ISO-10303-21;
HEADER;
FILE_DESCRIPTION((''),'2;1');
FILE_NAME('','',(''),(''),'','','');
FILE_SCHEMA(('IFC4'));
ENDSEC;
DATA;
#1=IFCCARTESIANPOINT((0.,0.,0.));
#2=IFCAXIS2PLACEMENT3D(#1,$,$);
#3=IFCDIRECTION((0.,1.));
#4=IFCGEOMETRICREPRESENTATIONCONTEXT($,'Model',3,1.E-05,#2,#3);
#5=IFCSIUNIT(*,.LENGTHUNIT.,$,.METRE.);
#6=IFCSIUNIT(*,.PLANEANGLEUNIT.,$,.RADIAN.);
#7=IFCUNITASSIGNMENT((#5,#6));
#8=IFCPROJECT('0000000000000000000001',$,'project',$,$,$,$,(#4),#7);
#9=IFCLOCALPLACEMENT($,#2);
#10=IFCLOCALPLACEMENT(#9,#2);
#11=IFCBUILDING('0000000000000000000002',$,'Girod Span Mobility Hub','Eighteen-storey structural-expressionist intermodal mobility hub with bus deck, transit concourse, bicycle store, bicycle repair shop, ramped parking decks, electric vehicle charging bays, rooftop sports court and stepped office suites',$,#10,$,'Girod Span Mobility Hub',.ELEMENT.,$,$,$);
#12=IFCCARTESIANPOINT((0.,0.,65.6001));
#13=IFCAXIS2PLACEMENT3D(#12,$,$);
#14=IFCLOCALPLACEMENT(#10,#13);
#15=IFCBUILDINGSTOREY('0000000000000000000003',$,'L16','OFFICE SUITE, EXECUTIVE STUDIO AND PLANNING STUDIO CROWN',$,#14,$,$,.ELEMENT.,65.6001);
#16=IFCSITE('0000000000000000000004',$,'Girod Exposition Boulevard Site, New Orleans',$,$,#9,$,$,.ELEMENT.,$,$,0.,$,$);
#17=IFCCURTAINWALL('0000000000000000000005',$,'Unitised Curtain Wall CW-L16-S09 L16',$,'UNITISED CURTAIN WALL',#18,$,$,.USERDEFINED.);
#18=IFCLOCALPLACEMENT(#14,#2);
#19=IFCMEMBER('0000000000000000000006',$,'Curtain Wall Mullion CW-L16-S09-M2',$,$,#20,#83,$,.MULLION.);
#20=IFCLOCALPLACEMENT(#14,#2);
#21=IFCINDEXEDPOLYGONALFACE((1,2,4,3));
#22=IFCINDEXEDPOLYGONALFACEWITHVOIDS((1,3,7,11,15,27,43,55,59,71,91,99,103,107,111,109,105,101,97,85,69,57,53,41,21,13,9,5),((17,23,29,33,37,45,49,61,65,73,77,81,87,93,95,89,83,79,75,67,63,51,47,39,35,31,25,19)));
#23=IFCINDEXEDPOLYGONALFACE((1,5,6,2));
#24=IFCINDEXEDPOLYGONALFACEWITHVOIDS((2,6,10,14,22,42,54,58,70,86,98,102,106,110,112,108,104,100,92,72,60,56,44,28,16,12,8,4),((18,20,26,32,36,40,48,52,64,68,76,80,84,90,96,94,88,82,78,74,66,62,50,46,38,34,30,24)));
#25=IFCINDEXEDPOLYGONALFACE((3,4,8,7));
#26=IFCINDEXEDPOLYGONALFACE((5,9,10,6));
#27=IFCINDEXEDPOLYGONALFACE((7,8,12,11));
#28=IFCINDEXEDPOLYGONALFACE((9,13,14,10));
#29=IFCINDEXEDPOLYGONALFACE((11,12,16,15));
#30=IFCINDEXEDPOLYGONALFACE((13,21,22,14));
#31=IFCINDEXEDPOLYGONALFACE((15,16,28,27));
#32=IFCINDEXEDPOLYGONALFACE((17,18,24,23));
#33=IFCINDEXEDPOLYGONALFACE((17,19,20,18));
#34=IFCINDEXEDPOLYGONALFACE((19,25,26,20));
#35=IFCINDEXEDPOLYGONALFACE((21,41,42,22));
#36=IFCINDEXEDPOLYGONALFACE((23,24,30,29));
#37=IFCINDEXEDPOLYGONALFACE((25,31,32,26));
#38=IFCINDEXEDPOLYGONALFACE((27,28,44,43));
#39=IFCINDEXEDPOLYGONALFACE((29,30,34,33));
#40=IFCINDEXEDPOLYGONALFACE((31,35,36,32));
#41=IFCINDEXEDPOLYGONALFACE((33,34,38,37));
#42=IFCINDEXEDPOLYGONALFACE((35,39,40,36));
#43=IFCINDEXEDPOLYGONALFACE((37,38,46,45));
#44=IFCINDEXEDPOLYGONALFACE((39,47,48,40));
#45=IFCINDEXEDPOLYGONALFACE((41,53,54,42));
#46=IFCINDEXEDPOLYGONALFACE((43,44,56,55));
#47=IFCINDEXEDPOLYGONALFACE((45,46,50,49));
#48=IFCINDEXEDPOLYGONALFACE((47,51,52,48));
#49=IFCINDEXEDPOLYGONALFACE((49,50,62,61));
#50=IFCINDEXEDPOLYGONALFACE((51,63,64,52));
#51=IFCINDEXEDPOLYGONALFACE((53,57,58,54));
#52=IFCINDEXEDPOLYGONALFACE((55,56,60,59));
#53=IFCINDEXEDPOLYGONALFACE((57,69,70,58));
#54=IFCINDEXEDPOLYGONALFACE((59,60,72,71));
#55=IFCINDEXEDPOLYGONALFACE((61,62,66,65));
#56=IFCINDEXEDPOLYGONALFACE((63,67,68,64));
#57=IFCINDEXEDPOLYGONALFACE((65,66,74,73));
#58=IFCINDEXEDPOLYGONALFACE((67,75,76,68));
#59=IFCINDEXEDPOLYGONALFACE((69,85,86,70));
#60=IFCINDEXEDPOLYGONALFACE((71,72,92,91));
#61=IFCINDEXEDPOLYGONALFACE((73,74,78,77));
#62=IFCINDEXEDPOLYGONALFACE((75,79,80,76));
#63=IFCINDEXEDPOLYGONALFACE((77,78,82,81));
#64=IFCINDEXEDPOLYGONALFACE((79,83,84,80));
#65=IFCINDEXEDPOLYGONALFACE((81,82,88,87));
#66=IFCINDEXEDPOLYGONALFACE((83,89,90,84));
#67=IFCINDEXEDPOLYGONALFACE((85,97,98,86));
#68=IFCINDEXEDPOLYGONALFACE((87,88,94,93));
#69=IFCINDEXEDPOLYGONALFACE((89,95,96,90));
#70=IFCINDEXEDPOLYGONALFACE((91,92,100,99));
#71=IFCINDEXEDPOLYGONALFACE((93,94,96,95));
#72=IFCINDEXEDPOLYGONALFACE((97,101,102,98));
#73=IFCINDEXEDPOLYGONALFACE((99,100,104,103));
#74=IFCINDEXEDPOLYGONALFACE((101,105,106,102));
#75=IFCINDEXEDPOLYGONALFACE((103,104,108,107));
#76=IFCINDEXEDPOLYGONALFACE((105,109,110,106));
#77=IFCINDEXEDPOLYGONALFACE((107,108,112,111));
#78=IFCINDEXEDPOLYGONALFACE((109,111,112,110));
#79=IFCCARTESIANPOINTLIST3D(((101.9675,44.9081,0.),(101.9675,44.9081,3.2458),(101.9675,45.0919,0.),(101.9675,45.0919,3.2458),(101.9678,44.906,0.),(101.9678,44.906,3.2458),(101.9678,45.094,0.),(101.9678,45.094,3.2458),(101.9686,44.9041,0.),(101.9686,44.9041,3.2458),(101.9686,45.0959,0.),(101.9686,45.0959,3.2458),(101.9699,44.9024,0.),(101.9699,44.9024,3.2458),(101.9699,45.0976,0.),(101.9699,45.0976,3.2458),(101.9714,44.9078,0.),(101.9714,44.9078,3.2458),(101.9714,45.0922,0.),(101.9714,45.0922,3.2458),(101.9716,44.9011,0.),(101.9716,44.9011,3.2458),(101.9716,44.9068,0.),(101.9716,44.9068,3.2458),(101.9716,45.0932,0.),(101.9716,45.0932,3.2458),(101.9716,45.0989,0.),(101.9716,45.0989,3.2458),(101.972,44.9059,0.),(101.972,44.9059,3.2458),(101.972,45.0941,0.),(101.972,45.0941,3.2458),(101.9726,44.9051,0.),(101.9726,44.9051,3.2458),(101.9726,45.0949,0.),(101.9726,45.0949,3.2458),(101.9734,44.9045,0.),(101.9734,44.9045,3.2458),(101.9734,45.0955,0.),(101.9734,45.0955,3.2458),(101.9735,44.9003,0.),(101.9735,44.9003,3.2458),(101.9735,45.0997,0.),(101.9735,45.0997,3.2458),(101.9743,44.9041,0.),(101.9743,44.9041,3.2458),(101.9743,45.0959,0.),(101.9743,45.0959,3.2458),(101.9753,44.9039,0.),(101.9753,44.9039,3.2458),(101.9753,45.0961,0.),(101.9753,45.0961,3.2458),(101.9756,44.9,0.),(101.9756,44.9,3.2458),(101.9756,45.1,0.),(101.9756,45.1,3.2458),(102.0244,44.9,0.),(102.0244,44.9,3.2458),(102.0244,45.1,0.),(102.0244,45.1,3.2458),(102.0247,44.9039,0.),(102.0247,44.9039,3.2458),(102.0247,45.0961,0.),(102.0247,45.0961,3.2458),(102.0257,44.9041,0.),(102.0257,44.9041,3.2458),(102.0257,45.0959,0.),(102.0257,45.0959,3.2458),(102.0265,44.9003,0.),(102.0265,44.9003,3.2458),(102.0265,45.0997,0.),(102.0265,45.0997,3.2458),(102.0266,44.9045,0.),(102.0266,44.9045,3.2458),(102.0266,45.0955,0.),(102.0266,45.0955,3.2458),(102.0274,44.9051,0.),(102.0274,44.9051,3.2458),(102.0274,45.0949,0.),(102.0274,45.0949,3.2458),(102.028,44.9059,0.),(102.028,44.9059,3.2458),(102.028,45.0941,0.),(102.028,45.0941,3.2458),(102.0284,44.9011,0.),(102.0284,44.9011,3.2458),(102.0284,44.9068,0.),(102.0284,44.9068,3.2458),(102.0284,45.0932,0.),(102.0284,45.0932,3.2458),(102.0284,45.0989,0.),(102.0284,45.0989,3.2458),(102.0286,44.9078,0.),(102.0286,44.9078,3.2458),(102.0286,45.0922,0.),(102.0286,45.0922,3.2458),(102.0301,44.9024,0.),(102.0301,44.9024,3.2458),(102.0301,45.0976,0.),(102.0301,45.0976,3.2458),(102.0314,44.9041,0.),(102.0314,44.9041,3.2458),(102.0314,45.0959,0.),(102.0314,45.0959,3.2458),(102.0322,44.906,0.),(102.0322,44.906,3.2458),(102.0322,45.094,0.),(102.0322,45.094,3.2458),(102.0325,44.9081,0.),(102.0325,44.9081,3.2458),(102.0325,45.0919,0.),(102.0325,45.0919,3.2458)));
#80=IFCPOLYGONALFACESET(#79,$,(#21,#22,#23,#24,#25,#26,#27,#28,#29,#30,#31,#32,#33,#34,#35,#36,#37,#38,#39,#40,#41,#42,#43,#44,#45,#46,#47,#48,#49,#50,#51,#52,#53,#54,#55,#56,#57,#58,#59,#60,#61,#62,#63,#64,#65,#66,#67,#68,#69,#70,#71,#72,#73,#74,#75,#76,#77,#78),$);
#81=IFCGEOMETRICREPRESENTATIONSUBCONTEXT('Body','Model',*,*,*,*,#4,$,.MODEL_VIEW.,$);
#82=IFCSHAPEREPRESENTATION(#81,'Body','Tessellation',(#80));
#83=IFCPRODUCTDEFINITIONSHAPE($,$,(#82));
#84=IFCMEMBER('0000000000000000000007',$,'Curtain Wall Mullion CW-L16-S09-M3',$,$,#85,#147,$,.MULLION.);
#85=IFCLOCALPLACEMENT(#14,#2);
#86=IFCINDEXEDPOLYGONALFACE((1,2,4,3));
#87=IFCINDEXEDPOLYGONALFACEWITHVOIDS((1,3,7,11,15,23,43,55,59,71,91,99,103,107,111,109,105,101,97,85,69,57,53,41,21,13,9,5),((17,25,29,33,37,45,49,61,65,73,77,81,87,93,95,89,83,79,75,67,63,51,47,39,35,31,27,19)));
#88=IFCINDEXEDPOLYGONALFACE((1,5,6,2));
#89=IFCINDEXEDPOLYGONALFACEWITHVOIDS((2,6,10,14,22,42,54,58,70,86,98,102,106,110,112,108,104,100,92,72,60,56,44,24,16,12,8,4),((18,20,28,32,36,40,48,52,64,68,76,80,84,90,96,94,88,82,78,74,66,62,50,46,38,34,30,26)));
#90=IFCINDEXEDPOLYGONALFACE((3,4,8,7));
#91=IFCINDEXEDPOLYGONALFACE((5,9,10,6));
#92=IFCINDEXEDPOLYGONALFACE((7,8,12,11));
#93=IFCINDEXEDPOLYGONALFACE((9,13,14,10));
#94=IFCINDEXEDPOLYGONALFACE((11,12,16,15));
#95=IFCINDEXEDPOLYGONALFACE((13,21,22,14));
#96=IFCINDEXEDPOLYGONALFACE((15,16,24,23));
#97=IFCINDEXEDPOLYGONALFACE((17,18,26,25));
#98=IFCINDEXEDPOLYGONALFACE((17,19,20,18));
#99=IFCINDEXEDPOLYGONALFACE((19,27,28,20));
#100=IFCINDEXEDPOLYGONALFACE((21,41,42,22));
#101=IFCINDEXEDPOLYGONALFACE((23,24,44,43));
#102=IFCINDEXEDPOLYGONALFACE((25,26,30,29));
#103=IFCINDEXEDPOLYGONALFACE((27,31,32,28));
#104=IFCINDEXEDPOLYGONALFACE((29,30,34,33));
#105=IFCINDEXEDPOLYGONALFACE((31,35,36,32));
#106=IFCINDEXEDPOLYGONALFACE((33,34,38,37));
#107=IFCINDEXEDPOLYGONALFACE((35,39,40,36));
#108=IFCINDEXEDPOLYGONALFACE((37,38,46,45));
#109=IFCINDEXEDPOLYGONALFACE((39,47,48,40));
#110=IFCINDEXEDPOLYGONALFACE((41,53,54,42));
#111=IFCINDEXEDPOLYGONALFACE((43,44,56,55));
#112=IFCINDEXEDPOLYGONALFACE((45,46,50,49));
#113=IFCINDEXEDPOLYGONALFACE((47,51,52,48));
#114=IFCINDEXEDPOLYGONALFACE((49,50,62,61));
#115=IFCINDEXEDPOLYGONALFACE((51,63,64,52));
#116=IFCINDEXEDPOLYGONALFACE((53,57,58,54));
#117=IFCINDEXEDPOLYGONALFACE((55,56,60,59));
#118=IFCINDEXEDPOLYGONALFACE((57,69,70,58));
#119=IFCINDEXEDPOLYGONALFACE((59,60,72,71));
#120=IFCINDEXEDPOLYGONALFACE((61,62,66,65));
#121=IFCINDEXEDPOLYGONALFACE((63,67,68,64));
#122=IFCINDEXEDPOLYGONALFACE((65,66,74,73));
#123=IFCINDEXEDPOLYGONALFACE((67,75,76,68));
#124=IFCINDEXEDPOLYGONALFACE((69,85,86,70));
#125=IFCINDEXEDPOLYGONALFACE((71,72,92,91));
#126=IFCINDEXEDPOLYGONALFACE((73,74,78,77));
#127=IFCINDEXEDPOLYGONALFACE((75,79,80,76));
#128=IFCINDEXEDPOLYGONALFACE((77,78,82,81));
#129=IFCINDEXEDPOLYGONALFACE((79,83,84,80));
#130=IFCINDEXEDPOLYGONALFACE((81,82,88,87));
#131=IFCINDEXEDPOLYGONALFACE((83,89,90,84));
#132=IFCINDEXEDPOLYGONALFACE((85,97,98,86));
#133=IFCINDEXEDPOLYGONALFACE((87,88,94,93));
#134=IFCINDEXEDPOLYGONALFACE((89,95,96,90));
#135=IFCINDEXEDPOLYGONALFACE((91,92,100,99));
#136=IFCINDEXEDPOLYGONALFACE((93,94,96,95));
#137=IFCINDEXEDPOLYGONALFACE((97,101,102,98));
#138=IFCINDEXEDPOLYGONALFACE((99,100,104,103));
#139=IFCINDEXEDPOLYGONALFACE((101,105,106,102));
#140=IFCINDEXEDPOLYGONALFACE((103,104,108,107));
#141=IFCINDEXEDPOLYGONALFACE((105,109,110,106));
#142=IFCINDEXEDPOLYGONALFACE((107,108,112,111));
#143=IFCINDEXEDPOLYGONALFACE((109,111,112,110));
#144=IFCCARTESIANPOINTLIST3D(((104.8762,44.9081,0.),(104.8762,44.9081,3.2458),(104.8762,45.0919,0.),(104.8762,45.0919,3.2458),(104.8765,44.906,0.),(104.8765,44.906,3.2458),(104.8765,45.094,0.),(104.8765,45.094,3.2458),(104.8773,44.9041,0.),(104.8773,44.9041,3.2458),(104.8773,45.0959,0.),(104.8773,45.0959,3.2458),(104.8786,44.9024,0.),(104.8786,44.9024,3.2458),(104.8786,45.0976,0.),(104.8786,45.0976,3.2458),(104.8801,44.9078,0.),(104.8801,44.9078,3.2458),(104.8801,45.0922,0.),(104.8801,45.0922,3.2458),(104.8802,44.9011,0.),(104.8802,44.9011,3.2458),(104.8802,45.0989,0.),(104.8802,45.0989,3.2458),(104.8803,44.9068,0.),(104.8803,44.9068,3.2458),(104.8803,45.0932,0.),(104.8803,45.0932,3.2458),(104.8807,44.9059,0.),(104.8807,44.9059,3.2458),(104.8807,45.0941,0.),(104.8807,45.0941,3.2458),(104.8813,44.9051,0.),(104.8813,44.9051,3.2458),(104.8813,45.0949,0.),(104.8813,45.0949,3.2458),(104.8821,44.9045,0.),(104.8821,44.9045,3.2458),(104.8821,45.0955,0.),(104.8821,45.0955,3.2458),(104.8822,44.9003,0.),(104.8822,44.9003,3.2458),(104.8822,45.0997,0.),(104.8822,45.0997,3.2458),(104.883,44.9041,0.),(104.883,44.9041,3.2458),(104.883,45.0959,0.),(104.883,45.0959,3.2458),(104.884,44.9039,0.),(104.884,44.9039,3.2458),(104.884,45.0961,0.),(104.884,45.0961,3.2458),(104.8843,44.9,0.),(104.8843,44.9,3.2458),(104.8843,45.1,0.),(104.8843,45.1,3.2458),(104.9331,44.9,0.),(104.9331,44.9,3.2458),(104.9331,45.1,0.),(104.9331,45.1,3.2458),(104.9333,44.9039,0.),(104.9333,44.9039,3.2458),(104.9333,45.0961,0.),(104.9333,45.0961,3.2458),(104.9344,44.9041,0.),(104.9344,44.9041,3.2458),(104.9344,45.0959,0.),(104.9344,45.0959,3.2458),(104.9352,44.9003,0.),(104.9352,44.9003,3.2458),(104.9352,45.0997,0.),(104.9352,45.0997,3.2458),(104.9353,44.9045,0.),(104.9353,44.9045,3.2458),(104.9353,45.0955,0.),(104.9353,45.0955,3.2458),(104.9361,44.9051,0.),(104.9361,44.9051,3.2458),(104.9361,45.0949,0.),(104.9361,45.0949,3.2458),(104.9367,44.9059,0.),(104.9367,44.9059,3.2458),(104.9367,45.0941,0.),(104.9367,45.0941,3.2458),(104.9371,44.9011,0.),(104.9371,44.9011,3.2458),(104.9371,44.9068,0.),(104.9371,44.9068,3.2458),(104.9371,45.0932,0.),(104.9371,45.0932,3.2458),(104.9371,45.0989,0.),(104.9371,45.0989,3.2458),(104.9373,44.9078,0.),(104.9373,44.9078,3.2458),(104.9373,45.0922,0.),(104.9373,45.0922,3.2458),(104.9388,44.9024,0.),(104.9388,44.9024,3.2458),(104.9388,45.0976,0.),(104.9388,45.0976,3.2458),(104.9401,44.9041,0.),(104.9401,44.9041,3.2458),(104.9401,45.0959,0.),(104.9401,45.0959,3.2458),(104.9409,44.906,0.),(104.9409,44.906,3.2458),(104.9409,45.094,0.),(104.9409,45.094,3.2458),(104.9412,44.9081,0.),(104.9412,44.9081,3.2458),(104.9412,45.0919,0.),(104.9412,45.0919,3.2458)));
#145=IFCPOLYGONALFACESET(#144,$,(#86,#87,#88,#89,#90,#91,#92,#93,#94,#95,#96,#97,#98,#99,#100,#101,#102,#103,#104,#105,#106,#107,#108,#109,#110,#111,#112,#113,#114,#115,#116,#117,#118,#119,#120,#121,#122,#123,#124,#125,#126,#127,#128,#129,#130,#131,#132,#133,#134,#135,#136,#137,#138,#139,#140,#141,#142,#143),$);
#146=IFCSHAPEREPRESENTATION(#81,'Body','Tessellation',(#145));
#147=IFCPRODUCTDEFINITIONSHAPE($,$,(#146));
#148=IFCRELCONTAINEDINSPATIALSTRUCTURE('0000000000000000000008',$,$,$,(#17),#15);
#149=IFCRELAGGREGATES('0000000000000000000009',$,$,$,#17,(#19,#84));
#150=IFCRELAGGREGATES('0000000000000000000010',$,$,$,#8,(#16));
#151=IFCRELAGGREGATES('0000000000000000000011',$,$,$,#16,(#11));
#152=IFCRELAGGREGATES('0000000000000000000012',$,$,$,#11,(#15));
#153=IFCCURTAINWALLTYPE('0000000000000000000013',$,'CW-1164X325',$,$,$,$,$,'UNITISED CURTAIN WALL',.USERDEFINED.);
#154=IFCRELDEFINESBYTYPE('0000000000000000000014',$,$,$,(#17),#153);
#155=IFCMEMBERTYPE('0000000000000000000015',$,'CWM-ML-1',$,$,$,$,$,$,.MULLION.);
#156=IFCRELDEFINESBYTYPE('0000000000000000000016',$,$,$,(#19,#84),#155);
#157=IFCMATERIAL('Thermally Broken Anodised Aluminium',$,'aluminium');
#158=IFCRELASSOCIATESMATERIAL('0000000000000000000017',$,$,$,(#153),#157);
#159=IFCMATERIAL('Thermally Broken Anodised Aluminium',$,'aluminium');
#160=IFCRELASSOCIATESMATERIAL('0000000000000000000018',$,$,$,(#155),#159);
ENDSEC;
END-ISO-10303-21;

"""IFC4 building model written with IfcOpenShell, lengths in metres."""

from ifc_helpers import new_model, si_unit, direction, frame, origin, origin_2d, place, context, subcontext, project, spatial, hollow_rectangle, extrude, material, material_profile, profile_set, type_object, element, aggregate, save


model = new_model("IFC4")

# Units and contexts
model_context = context("Model", 3, precision=1e-05, world=origin(), true_north=direction((0.0, 1.0)))
body_context = subcontext(model_context, "Body", "Model", "MODEL_VIEW")
ifc_project = project(units=[si_unit("LENGTHUNIT", "METRE"), si_unit("PLANEANGLEUNIT", "RADIAN")], contexts=[model_context])

# Site, building, storey
site_placement = place(None, origin())
site = spatial("IfcSite", under=ifc_project, at=site_placement, Name="Girod Exposition Boulevard Site, New Orleans", CompositionType="ELEMENT", RefElevation=0.0)
building_placement = place(site_placement, origin())
building = spatial("IfcBuilding", under=site, at=building_placement, Name="Girod Span Mobility Hub", Description="Eighteen-storey structural-expressionist intermodal mobility hub with bus deck, transit concourse, bicycle store, bicycle repair shop, ramped parking decks, electric vehicle charging bays, rooftop sports court and stepped office suites", LongName="Girod Span Mobility Hub", CompositionType="ELEMENT")
storey_placement = place(building_placement, frame((0.0, 0.0, 65.6001)))
storey = spatial("IfcBuildingStorey", under=building, at=storey_placement, Name="L16", Description="OFFICE SUITE, EXECUTIVE STUDIO AND PLANNING STUDIO CROWN", CompositionType="ELEMENT", Elevation=65.6001)

# Curtain wall, members
ifc_material_1 = material(Name="Thermally Broken Anodised Aluminium", Category="aluminium")
curtain_wall_type = type_object("IfcCurtainWallType", Name="CW-1164X325", ElementType="UNITISED CURTAIN WALL", PredefinedType="USERDEFINED", material=ifc_material_1)
curtain_wall_placement = place(storey_placement, origin())
curtain_wall = element("IfcCurtainWall", 1, at=curtain_wall_placement, inside=storey, type_object=curtain_wall_type, Name="Unitised Curtain Wall CW-L16-S09 L16", ObjectType="UNITISED CURTAIN WALL", PredefinedType="USERDEFINED")
ifc_material_2 = material(Name="Thermally Broken Anodised Aluminium", Category="aluminium")
ifc_material_profile_1 = material_profile(ifc_material_2, hollow_rectangle(XDim=0.2, YDim=0.0649, WallThickness=0.0039, InnerFilletRadius=0.0039, OuterFilletRadius=0.0081, at=origin_2d()), Name="CW-ML-65X200")
ifc_profile_set_1 = profile_set([ifc_material_profile_1], Name="Thermally Broken Anodised Aluminium")
member_type = type_object("IfcMemberType", Name="CWM-ML-1", PredefinedType="MULLION", material=ifc_profile_set_1)
member_1_placement = place(storey_placement, frame((102.0, 45.0, 0.0), z_axis=(0.0, 0.0, 1.0), x_axis=(0.0, 1.0, 0.0)))
member_1 = element("IfcMember", 2, at=member_1_placement, type_object=member_type, Name="Curtain Wall Mullion CW-L16-S09-M2", PredefinedType="MULLION", context=body_context, shape_type="SweptSolid", body=[
    extrude(hollow_rectangle(XDim=0.2, YDim=0.0649, WallThickness=0.0039, InnerFilletRadius=0.0039, OuterFilletRadius=0.0081, at=origin_2d()), origin(), (0.0, 0.0, 1.0), 3.2458),
])
member_2_placement = place(storey_placement, frame((104.9087, 45.0, 0.0), z_axis=(0.0, 0.0, 1.0), x_axis=(0.0, 1.0, 0.0)))
member_2 = element("IfcMember", 3, at=member_2_placement, type_object=member_type, Name="Curtain Wall Mullion CW-L16-S09-M3", PredefinedType="MULLION", context=body_context, shape_type="SweptSolid", body=[
    extrude(hollow_rectangle(XDim=0.2, YDim=0.0649, WallThickness=0.0039, InnerFilletRadius=0.0039, OuterFilletRadius=0.0081, at=origin_2d()), origin(), (0.0, 0.0, 1.0), 3.2458),
])
aggregate(curtain_wall, [member_1, member_2])

save(model, "model.ifc")
